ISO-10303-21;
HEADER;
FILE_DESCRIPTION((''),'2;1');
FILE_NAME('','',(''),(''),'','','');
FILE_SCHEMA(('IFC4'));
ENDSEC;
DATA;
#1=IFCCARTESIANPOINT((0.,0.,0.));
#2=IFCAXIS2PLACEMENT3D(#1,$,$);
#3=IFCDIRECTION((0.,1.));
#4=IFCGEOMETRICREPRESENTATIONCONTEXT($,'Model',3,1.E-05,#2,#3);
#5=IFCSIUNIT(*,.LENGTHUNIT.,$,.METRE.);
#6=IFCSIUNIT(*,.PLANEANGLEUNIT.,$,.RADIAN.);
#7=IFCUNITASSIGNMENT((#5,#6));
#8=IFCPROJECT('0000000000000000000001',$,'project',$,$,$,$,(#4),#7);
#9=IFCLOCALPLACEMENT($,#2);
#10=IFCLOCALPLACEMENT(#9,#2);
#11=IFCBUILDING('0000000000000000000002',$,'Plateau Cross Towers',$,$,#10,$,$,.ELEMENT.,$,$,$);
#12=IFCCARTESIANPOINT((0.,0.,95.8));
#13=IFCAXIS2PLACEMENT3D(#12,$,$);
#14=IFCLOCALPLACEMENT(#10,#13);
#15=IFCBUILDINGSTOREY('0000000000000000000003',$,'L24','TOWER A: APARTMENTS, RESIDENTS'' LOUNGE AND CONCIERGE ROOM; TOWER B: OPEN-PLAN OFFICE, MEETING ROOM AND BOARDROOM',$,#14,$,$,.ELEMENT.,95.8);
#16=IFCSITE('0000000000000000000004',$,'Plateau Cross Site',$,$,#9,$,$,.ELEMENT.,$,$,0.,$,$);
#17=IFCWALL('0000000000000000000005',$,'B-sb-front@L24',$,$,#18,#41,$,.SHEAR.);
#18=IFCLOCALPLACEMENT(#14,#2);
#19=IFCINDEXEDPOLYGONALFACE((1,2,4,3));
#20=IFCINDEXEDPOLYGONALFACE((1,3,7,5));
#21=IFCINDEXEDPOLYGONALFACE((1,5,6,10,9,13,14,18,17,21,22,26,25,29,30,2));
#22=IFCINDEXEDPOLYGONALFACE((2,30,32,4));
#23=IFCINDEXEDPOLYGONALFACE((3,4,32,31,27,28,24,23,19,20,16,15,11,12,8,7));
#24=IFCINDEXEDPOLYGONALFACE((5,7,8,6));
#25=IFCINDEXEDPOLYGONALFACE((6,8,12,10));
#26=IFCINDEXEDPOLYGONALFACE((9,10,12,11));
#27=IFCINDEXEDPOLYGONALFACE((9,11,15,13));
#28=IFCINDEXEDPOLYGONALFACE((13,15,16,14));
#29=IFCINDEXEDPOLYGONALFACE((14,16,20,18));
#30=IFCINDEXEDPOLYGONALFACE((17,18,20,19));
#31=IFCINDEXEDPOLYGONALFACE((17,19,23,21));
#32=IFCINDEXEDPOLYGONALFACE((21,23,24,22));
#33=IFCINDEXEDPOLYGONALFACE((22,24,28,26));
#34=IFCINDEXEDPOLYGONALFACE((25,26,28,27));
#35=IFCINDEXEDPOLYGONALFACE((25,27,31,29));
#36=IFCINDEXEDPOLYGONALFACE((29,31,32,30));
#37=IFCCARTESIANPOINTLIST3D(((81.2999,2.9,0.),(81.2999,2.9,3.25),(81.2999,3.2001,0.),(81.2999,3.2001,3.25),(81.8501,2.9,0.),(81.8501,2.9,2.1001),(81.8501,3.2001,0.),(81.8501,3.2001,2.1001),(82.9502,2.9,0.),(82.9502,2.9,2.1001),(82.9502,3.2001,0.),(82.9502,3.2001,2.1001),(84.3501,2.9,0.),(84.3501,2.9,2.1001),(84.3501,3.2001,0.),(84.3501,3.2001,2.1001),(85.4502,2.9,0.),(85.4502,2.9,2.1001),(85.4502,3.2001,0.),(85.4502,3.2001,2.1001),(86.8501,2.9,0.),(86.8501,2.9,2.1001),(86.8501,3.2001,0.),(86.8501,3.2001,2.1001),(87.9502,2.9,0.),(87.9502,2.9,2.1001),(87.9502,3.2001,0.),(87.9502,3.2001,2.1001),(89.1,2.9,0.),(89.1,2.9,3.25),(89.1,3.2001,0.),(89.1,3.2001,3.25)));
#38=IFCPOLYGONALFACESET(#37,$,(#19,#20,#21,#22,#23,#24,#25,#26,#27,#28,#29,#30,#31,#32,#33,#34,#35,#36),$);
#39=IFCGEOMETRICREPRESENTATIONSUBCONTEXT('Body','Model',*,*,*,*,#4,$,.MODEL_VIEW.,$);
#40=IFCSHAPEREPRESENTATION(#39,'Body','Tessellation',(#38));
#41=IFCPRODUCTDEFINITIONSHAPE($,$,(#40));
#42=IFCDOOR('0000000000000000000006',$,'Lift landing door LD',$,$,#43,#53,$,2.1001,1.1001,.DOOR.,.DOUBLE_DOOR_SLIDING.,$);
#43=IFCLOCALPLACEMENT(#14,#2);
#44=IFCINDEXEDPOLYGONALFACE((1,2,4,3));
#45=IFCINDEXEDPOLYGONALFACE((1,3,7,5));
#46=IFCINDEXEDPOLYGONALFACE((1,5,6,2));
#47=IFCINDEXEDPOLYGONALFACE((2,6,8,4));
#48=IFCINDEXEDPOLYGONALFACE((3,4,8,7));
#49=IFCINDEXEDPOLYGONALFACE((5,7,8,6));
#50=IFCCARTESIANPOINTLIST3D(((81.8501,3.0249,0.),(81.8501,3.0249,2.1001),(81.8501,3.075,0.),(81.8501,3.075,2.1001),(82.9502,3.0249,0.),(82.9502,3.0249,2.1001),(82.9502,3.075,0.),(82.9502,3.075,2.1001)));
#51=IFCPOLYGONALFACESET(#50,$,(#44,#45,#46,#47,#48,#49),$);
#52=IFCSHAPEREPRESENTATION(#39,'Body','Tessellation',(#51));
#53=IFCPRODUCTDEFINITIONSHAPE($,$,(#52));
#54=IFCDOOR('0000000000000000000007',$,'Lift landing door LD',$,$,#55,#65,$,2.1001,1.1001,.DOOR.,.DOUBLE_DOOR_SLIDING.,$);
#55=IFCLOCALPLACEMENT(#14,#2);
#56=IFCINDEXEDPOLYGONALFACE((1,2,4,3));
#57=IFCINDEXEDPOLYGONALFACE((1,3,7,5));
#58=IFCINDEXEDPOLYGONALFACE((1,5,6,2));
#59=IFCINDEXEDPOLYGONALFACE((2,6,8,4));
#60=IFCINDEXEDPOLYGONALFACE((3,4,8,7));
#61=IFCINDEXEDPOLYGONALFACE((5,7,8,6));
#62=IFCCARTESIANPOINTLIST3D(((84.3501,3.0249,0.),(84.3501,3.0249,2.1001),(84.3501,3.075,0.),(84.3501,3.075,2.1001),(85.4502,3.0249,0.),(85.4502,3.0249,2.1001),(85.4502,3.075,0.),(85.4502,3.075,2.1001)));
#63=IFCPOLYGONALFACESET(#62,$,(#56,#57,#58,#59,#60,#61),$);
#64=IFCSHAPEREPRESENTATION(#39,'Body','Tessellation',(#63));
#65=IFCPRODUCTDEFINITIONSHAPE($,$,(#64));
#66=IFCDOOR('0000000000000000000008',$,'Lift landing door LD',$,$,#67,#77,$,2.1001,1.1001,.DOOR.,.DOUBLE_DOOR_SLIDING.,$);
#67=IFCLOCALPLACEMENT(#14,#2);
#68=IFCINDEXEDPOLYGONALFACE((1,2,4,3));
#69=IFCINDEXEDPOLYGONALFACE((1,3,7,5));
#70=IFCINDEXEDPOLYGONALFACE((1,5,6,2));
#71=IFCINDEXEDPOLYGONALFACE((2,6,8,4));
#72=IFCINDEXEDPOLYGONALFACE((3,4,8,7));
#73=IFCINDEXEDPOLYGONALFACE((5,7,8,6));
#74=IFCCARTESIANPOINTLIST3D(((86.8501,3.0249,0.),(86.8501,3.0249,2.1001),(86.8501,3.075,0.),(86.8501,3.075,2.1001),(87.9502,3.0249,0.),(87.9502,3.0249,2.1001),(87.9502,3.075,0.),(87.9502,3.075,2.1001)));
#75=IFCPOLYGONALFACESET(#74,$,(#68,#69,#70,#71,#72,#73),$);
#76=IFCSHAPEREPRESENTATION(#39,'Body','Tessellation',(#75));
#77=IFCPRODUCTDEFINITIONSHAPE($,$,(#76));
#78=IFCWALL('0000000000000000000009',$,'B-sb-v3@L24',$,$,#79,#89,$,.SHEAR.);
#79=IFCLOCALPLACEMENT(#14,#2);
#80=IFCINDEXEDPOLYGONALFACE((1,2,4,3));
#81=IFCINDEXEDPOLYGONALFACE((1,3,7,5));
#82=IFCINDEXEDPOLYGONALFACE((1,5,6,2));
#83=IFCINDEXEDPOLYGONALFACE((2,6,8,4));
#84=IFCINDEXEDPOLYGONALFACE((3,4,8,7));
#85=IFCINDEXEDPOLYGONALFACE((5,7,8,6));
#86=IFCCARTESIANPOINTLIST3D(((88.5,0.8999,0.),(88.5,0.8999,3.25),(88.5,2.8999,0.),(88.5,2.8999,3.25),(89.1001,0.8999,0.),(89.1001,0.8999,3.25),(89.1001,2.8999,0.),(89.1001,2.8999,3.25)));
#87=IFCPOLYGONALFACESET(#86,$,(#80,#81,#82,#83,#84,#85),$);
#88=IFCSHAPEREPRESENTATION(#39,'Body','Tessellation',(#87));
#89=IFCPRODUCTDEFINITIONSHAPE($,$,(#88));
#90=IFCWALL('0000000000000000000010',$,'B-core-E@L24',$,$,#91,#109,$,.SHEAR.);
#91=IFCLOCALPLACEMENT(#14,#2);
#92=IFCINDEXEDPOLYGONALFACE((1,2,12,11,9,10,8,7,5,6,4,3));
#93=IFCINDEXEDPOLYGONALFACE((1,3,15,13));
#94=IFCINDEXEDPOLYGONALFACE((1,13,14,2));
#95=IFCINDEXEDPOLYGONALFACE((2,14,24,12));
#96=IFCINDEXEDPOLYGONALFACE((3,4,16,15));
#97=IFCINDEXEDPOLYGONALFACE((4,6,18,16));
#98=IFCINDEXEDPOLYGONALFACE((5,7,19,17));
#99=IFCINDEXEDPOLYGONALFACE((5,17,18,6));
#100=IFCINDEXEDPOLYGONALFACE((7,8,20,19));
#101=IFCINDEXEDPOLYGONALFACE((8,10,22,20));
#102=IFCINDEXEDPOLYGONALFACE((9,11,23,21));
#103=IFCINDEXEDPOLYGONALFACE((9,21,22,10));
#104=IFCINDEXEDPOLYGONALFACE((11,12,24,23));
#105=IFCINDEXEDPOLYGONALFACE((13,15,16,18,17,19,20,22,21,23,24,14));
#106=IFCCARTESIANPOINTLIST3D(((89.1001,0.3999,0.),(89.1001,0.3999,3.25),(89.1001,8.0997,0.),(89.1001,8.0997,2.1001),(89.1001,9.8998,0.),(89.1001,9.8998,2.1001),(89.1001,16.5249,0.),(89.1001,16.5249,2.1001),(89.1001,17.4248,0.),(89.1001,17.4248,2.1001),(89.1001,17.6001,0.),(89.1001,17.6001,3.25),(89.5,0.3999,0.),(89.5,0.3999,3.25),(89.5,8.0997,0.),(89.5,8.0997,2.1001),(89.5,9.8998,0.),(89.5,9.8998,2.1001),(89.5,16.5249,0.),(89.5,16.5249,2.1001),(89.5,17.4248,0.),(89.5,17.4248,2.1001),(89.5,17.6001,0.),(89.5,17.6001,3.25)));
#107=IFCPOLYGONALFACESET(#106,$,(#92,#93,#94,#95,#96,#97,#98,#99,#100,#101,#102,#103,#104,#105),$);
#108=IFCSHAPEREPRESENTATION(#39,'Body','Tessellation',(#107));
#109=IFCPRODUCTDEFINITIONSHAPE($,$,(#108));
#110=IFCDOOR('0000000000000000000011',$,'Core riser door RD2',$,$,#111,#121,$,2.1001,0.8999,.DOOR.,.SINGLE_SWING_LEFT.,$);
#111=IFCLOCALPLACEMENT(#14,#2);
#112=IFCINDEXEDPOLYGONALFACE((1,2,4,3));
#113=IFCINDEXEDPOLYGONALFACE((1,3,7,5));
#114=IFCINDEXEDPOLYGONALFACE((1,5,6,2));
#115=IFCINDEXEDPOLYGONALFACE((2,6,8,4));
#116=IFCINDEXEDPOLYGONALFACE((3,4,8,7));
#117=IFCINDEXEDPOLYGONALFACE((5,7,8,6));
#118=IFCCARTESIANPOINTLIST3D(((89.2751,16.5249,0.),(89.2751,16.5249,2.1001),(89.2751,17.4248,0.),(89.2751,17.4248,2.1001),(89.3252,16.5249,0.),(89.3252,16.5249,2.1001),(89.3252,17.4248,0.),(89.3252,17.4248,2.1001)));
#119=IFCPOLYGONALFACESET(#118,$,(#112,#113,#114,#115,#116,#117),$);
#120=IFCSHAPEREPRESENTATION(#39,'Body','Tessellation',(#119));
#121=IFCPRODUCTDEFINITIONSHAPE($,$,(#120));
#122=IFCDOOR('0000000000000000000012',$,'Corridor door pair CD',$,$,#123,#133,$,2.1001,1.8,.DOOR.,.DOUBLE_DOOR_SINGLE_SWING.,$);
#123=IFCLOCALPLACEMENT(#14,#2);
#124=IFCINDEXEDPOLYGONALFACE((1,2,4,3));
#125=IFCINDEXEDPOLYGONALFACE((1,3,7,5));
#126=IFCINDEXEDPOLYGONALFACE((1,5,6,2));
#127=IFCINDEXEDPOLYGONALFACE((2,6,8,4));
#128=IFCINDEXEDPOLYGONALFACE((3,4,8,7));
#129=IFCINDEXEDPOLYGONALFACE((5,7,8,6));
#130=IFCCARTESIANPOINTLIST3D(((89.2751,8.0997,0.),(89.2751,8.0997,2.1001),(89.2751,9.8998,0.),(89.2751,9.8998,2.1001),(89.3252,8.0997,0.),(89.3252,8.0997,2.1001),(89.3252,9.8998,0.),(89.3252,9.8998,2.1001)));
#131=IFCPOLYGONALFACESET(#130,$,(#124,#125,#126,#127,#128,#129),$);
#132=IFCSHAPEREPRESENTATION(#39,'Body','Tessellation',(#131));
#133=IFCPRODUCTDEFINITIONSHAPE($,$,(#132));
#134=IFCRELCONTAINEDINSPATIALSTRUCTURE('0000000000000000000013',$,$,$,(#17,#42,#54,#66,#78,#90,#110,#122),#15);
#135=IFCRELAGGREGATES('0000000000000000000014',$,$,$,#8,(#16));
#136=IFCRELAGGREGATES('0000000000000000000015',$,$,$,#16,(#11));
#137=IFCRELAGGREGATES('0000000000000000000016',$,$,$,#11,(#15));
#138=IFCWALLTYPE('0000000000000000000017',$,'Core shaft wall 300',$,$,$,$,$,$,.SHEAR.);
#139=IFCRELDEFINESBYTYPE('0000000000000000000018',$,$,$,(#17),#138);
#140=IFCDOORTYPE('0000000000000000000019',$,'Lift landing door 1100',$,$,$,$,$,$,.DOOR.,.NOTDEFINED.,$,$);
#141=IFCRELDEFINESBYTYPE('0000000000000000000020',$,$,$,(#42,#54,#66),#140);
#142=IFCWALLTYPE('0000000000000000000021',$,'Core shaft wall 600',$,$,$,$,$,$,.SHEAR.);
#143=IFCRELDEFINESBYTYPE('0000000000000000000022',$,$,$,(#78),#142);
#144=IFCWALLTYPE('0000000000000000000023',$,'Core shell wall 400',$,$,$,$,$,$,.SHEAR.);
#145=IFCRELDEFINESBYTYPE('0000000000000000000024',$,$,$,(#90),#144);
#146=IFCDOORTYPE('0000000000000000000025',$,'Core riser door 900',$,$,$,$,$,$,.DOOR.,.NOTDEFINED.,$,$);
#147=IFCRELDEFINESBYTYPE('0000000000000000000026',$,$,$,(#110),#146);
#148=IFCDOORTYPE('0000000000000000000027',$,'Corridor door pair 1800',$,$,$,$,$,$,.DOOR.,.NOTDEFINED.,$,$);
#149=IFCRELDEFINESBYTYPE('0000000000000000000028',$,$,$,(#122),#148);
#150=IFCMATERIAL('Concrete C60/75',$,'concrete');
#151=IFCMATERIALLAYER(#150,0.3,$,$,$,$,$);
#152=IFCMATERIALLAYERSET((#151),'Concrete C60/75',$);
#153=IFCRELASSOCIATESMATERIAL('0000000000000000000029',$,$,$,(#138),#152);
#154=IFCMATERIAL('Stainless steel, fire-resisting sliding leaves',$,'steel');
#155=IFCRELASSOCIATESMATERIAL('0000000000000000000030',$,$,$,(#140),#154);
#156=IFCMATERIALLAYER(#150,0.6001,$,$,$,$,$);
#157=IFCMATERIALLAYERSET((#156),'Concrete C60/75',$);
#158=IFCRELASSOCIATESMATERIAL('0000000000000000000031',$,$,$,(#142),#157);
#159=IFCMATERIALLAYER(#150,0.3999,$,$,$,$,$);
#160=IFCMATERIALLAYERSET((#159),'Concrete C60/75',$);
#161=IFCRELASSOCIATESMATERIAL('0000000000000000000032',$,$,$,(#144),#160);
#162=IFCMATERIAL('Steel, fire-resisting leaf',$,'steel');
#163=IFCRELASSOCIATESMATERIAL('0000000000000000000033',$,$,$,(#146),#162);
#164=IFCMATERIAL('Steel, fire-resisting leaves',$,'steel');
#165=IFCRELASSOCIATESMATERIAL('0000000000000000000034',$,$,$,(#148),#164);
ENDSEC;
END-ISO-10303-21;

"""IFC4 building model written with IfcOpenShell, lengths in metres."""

from ifc_helpers import new_model, si_unit, direction, frame, frame_2d, origin, place, context, subcontext, project, spatial, rectangle, extrude, material, layer, layer_set, type_object, element, fill, save


model = new_model("IFC4")

# Units and contexts
model_context = context("Model", 3, precision=1e-05, world=origin(), true_north=direction((0.0, 1.0)))
body_context = subcontext(model_context, "Body", "Model", "MODEL_VIEW")
ifc_project = project(units=[si_unit("LENGTHUNIT", "METRE"), si_unit("PLANEANGLEUNIT", "RADIAN")], contexts=[model_context])

# Site, building, storey
site_placement = place(None, origin())
site = spatial("IfcSite", under=ifc_project, at=site_placement, Name="Plateau Cross Site", CompositionType="ELEMENT", RefElevation=0.0)
building_placement = place(site_placement, origin())
building = spatial("IfcBuilding", under=site, at=building_placement, Name="Plateau Cross Towers", CompositionType="ELEMENT")
storey_placement = place(building_placement, frame((0.0, 0.0, 95.8)))
storey = spatial("IfcBuildingStorey", under=building, at=storey_placement, Name="L24", Description="TOWER A: APARTMENTS, RESIDENTS' LOUNGE AND CONCIERGE ROOM; TOWER B: OPEN-PLAN OFFICE, MEETING ROOM AND BOARDROOM", CompositionType="ELEMENT", Elevation=95.8)

# Shared definitions
ifc_material_1 = material(Name="Concrete C60/75", Category="concrete")

# Shared definitions
ifc_layer_1 = layer(ifc_material_1, 0.3)
ifc_layer_set_1 = layer_set([ifc_layer_1], Name="Concrete C60/75")
wall_type_1 = type_object("IfcWallType", Name="Core shaft wall 300", PredefinedType="SHEAR", material=ifc_layer_set_1)

# Wall, openings, doors
wall_1_placement = place(storey_placement, frame((81.3, 3.05, 0.0), z_axis=(0.0, 0.0, 1.0), x_axis=(1.0, 0.0, 0.0)))
wall_1 = element("IfcWall", 1, at=wall_1_placement, inside=storey, type_object=wall_type_1, Name="B-sb-front@L24", PredefinedType="SHEAR", context=body_context, shape_type="SweptSolid", body=[
    extrude(rectangle(XDim=7.8, YDim=0.3, at=frame_2d((3.8999, 0.0))), origin(), (0.0, 0.0, 1.0), 3.25),
])
opening_1_placement = place(wall_1_placement, frame((0.55, 0.0, 0.0)))
opening_1 = element("IfcOpeningElement", 2, at=opening_1_placement, cuts=wall_1, PredefinedType="OPENING", context=body_context, shape_type="SweptSolid", body=[
    extrude(rectangle(XDim=1.1001, YDim=2.1001, at=frame_2d((0.55, 1.05))), frame((0.0, 0.1599, 0.0), z_axis=(0.0, -1.0, 0.0), x_axis=(1.0, 0.0, 0.0)), (0.0, 0.0, 1.0), 0.3201),
])
opening_2_placement = place(wall_1_placement, frame((3.05, 0.0, 0.0)))
opening_2 = element("IfcOpeningElement", 3, at=opening_2_placement, cuts=wall_1, PredefinedType="OPENING", context=body_context, shape_type="SweptSolid", body=[
    extrude(rectangle(XDim=1.1001, YDim=2.1001, at=frame_2d((0.55, 1.05))), frame((0.0, 0.1599, 0.0), z_axis=(0.0, -1.0, 0.0), x_axis=(1.0, 0.0, 0.0)), (0.0, 0.0, 1.0), 0.3201),
])
opening_3_placement = place(wall_1_placement, frame((5.55, 0.0, 0.0)))
opening_3 = element("IfcOpeningElement", 4, at=opening_3_placement, cuts=wall_1, PredefinedType="OPENING", context=body_context, shape_type="SweptSolid", body=[
    extrude(rectangle(XDim=1.1001, YDim=2.1001, at=frame_2d((0.55, 1.05))), frame((0.0, 0.1599, 0.0), z_axis=(0.0, -1.0, 0.0), x_axis=(1.0, 0.0, 0.0)), (0.0, 0.0, 1.0), 0.3201),
])
ifc_material_2 = material(Name="Stainless steel, fire-resisting sliding leaves", Category="steel")
door_type_1 = type_object("IfcDoorType", Name="Lift landing door 1100", OperationType="NOTDEFINED", PredefinedType="DOOR", material=ifc_material_2)
door_1_placement = place(opening_1_placement, origin())
door_1 = element("IfcDoor", 5, at=door_1_placement, inside=storey, type_object=door_type_1, Name="Lift landing door LD", OperationType="DOUBLE_DOOR_SLIDING", OverallHeight=2.1001, OverallWidth=1.1001, PredefinedType="DOOR", context=body_context, shape_type="SweptSolid", body=[
    extrude(rectangle(XDim=1.1001, YDim=2.1001, at=frame_2d((0.55, 1.05))), frame((0.0, 0.0249, 0.0), z_axis=(0.0, -1.0, 0.0), x_axis=(1.0, 0.0, 0.0)), (0.0, 0.0, 1.0), 0.05),
])
fill(opening_1, door_1)
door_2_placement = place(opening_2_placement, origin())
door_2 = element("IfcDoor", 6, at=door_2_placement, inside=storey, type_object=door_type_1, Name="Lift landing door LD", OperationType="DOUBLE_DOOR_SLIDING", OverallHeight=2.1001, OverallWidth=1.1001, PredefinedType="DOOR", context=body_context, shape_type="SweptSolid", body=[
    extrude(rectangle(XDim=1.1001, YDim=2.1001, at=frame_2d((0.55, 1.05))), frame((0.0, 0.0249, 0.0), z_axis=(0.0, -1.0, 0.0), x_axis=(1.0, 0.0, 0.0)), (0.0, 0.0, 1.0), 0.05),
])
fill(opening_2, door_2)
door_3_placement = place(opening_3_placement, origin())
door_3 = element("IfcDoor", 7, at=door_3_placement, inside=storey, type_object=door_type_1, Name="Lift landing door LD", OperationType="DOUBLE_DOOR_SLIDING", OverallHeight=2.1001, OverallWidth=1.1001, PredefinedType="DOOR", context=body_context, shape_type="SweptSolid", body=[
    extrude(rectangle(XDim=1.1001, YDim=2.1001, at=frame_2d((0.55, 1.05))), frame((0.0, 0.0249, 0.0), z_axis=(0.0, -1.0, 0.0), x_axis=(1.0, 0.0, 0.0)), (0.0, 0.0, 1.0), 0.05),
])
fill(opening_3, door_3)

# Wall
ifc_layer_2 = layer(ifc_material_1, 0.6001)
ifc_layer_set_2 = layer_set([ifc_layer_2], Name="Concrete C60/75")
wall_type_2 = type_object("IfcWallType", Name="Core shaft wall 600", PredefinedType="SHEAR", material=ifc_layer_set_2)
wall_2_placement = place(storey_placement, frame((88.8, 0.8999, 0.0), z_axis=(0.0, 0.0, 1.0), x_axis=(0.0, 1.0, 0.0)))
element("IfcWall", 8, at=wall_2_placement, inside=storey, type_object=wall_type_2, Name="B-sb-v3@L24", PredefinedType="SHEAR", context=body_context, shape_type="SweptSolid", body=[
    extrude(rectangle(XDim=2.0, YDim=0.6001, at=frame_2d((1.0, 0.0))), origin(), (0.0, 0.0, 1.0), 3.25),
])

# Wall, openings, doors
ifc_layer_3 = layer(ifc_material_1, 0.3999)
ifc_layer_set_3 = layer_set([ifc_layer_3], Name="Concrete C60/75")
wall_type_3 = type_object("IfcWallType", Name="Core shell wall 400", PredefinedType="SHEAR", material=ifc_layer_set_3)
wall_3_placement = place(storey_placement, frame((89.3, 0.3999, 0.0), z_axis=(0.0, 0.0, 1.0), x_axis=(0.0, 1.0, 0.0)))
wall_3 = element("IfcWall", 9, at=wall_3_placement, inside=storey, type_object=wall_type_3, Name="B-core-E@L24", PredefinedType="SHEAR", context=body_context, shape_type="SweptSolid", body=[
    extrude(rectangle(XDim=17.2002, YDim=0.3999, at=frame_2d((8.6001, 0.0))), origin(), (0.0, 0.0, 1.0), 3.25),
])
opening_4_placement = place(wall_3_placement, frame((7.7, 0.0, 0.0)))
opening_4 = element("IfcOpeningElement", 10, at=opening_4_placement, cuts=wall_3, PredefinedType="OPENING", context=body_context, shape_type="SweptSolid", body=[
    extrude(rectangle(XDim=1.8, YDim=2.1001, at=frame_2d((0.8999, 1.05))), frame((0.0, 0.21, 0.0), z_axis=(0.0, -1.0, 0.0), x_axis=(1.0, 0.0, 0.0)), (0.0, 0.0, 1.0), 0.4199),
])
opening_5_placement = place(wall_3_placement, frame((16.125, 0.0, 0.0)))
opening_5 = element("IfcOpeningElement", 11, at=opening_5_placement, cuts=wall_3, PredefinedType="OPENING", context=body_context, shape_type="SweptSolid", body=[
    extrude(rectangle(XDim=0.8999, YDim=2.1001, at=frame_2d((0.45, 1.05))), frame((0.0, 0.21, 0.0), z_axis=(0.0, -1.0, 0.0), x_axis=(1.0, 0.0, 0.0)), (0.0, 0.0, 1.0), 0.4199),
])
ifc_material_3 = material(Name="Steel, fire-resisting leaf", Category="steel")
door_type_2 = type_object("IfcDoorType", Name="Core riser door 900", OperationType="NOTDEFINED", PredefinedType="DOOR", material=ifc_material_3)
door_4_placement = place(opening_5_placement, origin())
door_4 = element("IfcDoor", 12, at=door_4_placement, inside=storey, type_object=door_type_2, Name="Core riser door RD2", OperationType="SINGLE_SWING_LEFT", OverallHeight=2.1001, OverallWidth=0.8999, PredefinedType="DOOR", context=body_context, shape_type="SweptSolid", body=[
    extrude(rectangle(XDim=0.8999, YDim=2.1001, at=frame_2d((0.45, 1.05))), frame((0.0, 0.0249, 0.0), z_axis=(0.0, -1.0, 0.0), x_axis=(1.0, 0.0, 0.0)), (0.0, 0.0, 1.0), 0.05),
])
fill(opening_5, door_4)
ifc_material_4 = material(Name="Steel, fire-resisting leaves", Category="steel")
door_type_3 = type_object("IfcDoorType", Name="Corridor door pair 1800", OperationType="NOTDEFINED", PredefinedType="DOOR", material=ifc_material_4)
door_5_placement = place(opening_4_placement, origin())
door_5 = element("IfcDoor", 13, at=door_5_placement, inside=storey, type_object=door_type_3, Name="Corridor door pair CD", OperationType="DOUBLE_DOOR_SINGLE_SWING", OverallHeight=2.1001, OverallWidth=1.8, PredefinedType="DOOR", context=body_context, shape_type="SweptSolid", body=[
    extrude(rectangle(XDim=1.8, YDim=2.1001, at=frame_2d((0.8999, 1.05))), frame((0.0, 0.0249, 0.0), z_axis=(0.0, -1.0, 0.0), x_axis=(1.0, 0.0, 0.0)), (0.0, 0.0, 1.0), 0.05),
])
fill(opening_4, door_5)

save(model, "model.ifc")
